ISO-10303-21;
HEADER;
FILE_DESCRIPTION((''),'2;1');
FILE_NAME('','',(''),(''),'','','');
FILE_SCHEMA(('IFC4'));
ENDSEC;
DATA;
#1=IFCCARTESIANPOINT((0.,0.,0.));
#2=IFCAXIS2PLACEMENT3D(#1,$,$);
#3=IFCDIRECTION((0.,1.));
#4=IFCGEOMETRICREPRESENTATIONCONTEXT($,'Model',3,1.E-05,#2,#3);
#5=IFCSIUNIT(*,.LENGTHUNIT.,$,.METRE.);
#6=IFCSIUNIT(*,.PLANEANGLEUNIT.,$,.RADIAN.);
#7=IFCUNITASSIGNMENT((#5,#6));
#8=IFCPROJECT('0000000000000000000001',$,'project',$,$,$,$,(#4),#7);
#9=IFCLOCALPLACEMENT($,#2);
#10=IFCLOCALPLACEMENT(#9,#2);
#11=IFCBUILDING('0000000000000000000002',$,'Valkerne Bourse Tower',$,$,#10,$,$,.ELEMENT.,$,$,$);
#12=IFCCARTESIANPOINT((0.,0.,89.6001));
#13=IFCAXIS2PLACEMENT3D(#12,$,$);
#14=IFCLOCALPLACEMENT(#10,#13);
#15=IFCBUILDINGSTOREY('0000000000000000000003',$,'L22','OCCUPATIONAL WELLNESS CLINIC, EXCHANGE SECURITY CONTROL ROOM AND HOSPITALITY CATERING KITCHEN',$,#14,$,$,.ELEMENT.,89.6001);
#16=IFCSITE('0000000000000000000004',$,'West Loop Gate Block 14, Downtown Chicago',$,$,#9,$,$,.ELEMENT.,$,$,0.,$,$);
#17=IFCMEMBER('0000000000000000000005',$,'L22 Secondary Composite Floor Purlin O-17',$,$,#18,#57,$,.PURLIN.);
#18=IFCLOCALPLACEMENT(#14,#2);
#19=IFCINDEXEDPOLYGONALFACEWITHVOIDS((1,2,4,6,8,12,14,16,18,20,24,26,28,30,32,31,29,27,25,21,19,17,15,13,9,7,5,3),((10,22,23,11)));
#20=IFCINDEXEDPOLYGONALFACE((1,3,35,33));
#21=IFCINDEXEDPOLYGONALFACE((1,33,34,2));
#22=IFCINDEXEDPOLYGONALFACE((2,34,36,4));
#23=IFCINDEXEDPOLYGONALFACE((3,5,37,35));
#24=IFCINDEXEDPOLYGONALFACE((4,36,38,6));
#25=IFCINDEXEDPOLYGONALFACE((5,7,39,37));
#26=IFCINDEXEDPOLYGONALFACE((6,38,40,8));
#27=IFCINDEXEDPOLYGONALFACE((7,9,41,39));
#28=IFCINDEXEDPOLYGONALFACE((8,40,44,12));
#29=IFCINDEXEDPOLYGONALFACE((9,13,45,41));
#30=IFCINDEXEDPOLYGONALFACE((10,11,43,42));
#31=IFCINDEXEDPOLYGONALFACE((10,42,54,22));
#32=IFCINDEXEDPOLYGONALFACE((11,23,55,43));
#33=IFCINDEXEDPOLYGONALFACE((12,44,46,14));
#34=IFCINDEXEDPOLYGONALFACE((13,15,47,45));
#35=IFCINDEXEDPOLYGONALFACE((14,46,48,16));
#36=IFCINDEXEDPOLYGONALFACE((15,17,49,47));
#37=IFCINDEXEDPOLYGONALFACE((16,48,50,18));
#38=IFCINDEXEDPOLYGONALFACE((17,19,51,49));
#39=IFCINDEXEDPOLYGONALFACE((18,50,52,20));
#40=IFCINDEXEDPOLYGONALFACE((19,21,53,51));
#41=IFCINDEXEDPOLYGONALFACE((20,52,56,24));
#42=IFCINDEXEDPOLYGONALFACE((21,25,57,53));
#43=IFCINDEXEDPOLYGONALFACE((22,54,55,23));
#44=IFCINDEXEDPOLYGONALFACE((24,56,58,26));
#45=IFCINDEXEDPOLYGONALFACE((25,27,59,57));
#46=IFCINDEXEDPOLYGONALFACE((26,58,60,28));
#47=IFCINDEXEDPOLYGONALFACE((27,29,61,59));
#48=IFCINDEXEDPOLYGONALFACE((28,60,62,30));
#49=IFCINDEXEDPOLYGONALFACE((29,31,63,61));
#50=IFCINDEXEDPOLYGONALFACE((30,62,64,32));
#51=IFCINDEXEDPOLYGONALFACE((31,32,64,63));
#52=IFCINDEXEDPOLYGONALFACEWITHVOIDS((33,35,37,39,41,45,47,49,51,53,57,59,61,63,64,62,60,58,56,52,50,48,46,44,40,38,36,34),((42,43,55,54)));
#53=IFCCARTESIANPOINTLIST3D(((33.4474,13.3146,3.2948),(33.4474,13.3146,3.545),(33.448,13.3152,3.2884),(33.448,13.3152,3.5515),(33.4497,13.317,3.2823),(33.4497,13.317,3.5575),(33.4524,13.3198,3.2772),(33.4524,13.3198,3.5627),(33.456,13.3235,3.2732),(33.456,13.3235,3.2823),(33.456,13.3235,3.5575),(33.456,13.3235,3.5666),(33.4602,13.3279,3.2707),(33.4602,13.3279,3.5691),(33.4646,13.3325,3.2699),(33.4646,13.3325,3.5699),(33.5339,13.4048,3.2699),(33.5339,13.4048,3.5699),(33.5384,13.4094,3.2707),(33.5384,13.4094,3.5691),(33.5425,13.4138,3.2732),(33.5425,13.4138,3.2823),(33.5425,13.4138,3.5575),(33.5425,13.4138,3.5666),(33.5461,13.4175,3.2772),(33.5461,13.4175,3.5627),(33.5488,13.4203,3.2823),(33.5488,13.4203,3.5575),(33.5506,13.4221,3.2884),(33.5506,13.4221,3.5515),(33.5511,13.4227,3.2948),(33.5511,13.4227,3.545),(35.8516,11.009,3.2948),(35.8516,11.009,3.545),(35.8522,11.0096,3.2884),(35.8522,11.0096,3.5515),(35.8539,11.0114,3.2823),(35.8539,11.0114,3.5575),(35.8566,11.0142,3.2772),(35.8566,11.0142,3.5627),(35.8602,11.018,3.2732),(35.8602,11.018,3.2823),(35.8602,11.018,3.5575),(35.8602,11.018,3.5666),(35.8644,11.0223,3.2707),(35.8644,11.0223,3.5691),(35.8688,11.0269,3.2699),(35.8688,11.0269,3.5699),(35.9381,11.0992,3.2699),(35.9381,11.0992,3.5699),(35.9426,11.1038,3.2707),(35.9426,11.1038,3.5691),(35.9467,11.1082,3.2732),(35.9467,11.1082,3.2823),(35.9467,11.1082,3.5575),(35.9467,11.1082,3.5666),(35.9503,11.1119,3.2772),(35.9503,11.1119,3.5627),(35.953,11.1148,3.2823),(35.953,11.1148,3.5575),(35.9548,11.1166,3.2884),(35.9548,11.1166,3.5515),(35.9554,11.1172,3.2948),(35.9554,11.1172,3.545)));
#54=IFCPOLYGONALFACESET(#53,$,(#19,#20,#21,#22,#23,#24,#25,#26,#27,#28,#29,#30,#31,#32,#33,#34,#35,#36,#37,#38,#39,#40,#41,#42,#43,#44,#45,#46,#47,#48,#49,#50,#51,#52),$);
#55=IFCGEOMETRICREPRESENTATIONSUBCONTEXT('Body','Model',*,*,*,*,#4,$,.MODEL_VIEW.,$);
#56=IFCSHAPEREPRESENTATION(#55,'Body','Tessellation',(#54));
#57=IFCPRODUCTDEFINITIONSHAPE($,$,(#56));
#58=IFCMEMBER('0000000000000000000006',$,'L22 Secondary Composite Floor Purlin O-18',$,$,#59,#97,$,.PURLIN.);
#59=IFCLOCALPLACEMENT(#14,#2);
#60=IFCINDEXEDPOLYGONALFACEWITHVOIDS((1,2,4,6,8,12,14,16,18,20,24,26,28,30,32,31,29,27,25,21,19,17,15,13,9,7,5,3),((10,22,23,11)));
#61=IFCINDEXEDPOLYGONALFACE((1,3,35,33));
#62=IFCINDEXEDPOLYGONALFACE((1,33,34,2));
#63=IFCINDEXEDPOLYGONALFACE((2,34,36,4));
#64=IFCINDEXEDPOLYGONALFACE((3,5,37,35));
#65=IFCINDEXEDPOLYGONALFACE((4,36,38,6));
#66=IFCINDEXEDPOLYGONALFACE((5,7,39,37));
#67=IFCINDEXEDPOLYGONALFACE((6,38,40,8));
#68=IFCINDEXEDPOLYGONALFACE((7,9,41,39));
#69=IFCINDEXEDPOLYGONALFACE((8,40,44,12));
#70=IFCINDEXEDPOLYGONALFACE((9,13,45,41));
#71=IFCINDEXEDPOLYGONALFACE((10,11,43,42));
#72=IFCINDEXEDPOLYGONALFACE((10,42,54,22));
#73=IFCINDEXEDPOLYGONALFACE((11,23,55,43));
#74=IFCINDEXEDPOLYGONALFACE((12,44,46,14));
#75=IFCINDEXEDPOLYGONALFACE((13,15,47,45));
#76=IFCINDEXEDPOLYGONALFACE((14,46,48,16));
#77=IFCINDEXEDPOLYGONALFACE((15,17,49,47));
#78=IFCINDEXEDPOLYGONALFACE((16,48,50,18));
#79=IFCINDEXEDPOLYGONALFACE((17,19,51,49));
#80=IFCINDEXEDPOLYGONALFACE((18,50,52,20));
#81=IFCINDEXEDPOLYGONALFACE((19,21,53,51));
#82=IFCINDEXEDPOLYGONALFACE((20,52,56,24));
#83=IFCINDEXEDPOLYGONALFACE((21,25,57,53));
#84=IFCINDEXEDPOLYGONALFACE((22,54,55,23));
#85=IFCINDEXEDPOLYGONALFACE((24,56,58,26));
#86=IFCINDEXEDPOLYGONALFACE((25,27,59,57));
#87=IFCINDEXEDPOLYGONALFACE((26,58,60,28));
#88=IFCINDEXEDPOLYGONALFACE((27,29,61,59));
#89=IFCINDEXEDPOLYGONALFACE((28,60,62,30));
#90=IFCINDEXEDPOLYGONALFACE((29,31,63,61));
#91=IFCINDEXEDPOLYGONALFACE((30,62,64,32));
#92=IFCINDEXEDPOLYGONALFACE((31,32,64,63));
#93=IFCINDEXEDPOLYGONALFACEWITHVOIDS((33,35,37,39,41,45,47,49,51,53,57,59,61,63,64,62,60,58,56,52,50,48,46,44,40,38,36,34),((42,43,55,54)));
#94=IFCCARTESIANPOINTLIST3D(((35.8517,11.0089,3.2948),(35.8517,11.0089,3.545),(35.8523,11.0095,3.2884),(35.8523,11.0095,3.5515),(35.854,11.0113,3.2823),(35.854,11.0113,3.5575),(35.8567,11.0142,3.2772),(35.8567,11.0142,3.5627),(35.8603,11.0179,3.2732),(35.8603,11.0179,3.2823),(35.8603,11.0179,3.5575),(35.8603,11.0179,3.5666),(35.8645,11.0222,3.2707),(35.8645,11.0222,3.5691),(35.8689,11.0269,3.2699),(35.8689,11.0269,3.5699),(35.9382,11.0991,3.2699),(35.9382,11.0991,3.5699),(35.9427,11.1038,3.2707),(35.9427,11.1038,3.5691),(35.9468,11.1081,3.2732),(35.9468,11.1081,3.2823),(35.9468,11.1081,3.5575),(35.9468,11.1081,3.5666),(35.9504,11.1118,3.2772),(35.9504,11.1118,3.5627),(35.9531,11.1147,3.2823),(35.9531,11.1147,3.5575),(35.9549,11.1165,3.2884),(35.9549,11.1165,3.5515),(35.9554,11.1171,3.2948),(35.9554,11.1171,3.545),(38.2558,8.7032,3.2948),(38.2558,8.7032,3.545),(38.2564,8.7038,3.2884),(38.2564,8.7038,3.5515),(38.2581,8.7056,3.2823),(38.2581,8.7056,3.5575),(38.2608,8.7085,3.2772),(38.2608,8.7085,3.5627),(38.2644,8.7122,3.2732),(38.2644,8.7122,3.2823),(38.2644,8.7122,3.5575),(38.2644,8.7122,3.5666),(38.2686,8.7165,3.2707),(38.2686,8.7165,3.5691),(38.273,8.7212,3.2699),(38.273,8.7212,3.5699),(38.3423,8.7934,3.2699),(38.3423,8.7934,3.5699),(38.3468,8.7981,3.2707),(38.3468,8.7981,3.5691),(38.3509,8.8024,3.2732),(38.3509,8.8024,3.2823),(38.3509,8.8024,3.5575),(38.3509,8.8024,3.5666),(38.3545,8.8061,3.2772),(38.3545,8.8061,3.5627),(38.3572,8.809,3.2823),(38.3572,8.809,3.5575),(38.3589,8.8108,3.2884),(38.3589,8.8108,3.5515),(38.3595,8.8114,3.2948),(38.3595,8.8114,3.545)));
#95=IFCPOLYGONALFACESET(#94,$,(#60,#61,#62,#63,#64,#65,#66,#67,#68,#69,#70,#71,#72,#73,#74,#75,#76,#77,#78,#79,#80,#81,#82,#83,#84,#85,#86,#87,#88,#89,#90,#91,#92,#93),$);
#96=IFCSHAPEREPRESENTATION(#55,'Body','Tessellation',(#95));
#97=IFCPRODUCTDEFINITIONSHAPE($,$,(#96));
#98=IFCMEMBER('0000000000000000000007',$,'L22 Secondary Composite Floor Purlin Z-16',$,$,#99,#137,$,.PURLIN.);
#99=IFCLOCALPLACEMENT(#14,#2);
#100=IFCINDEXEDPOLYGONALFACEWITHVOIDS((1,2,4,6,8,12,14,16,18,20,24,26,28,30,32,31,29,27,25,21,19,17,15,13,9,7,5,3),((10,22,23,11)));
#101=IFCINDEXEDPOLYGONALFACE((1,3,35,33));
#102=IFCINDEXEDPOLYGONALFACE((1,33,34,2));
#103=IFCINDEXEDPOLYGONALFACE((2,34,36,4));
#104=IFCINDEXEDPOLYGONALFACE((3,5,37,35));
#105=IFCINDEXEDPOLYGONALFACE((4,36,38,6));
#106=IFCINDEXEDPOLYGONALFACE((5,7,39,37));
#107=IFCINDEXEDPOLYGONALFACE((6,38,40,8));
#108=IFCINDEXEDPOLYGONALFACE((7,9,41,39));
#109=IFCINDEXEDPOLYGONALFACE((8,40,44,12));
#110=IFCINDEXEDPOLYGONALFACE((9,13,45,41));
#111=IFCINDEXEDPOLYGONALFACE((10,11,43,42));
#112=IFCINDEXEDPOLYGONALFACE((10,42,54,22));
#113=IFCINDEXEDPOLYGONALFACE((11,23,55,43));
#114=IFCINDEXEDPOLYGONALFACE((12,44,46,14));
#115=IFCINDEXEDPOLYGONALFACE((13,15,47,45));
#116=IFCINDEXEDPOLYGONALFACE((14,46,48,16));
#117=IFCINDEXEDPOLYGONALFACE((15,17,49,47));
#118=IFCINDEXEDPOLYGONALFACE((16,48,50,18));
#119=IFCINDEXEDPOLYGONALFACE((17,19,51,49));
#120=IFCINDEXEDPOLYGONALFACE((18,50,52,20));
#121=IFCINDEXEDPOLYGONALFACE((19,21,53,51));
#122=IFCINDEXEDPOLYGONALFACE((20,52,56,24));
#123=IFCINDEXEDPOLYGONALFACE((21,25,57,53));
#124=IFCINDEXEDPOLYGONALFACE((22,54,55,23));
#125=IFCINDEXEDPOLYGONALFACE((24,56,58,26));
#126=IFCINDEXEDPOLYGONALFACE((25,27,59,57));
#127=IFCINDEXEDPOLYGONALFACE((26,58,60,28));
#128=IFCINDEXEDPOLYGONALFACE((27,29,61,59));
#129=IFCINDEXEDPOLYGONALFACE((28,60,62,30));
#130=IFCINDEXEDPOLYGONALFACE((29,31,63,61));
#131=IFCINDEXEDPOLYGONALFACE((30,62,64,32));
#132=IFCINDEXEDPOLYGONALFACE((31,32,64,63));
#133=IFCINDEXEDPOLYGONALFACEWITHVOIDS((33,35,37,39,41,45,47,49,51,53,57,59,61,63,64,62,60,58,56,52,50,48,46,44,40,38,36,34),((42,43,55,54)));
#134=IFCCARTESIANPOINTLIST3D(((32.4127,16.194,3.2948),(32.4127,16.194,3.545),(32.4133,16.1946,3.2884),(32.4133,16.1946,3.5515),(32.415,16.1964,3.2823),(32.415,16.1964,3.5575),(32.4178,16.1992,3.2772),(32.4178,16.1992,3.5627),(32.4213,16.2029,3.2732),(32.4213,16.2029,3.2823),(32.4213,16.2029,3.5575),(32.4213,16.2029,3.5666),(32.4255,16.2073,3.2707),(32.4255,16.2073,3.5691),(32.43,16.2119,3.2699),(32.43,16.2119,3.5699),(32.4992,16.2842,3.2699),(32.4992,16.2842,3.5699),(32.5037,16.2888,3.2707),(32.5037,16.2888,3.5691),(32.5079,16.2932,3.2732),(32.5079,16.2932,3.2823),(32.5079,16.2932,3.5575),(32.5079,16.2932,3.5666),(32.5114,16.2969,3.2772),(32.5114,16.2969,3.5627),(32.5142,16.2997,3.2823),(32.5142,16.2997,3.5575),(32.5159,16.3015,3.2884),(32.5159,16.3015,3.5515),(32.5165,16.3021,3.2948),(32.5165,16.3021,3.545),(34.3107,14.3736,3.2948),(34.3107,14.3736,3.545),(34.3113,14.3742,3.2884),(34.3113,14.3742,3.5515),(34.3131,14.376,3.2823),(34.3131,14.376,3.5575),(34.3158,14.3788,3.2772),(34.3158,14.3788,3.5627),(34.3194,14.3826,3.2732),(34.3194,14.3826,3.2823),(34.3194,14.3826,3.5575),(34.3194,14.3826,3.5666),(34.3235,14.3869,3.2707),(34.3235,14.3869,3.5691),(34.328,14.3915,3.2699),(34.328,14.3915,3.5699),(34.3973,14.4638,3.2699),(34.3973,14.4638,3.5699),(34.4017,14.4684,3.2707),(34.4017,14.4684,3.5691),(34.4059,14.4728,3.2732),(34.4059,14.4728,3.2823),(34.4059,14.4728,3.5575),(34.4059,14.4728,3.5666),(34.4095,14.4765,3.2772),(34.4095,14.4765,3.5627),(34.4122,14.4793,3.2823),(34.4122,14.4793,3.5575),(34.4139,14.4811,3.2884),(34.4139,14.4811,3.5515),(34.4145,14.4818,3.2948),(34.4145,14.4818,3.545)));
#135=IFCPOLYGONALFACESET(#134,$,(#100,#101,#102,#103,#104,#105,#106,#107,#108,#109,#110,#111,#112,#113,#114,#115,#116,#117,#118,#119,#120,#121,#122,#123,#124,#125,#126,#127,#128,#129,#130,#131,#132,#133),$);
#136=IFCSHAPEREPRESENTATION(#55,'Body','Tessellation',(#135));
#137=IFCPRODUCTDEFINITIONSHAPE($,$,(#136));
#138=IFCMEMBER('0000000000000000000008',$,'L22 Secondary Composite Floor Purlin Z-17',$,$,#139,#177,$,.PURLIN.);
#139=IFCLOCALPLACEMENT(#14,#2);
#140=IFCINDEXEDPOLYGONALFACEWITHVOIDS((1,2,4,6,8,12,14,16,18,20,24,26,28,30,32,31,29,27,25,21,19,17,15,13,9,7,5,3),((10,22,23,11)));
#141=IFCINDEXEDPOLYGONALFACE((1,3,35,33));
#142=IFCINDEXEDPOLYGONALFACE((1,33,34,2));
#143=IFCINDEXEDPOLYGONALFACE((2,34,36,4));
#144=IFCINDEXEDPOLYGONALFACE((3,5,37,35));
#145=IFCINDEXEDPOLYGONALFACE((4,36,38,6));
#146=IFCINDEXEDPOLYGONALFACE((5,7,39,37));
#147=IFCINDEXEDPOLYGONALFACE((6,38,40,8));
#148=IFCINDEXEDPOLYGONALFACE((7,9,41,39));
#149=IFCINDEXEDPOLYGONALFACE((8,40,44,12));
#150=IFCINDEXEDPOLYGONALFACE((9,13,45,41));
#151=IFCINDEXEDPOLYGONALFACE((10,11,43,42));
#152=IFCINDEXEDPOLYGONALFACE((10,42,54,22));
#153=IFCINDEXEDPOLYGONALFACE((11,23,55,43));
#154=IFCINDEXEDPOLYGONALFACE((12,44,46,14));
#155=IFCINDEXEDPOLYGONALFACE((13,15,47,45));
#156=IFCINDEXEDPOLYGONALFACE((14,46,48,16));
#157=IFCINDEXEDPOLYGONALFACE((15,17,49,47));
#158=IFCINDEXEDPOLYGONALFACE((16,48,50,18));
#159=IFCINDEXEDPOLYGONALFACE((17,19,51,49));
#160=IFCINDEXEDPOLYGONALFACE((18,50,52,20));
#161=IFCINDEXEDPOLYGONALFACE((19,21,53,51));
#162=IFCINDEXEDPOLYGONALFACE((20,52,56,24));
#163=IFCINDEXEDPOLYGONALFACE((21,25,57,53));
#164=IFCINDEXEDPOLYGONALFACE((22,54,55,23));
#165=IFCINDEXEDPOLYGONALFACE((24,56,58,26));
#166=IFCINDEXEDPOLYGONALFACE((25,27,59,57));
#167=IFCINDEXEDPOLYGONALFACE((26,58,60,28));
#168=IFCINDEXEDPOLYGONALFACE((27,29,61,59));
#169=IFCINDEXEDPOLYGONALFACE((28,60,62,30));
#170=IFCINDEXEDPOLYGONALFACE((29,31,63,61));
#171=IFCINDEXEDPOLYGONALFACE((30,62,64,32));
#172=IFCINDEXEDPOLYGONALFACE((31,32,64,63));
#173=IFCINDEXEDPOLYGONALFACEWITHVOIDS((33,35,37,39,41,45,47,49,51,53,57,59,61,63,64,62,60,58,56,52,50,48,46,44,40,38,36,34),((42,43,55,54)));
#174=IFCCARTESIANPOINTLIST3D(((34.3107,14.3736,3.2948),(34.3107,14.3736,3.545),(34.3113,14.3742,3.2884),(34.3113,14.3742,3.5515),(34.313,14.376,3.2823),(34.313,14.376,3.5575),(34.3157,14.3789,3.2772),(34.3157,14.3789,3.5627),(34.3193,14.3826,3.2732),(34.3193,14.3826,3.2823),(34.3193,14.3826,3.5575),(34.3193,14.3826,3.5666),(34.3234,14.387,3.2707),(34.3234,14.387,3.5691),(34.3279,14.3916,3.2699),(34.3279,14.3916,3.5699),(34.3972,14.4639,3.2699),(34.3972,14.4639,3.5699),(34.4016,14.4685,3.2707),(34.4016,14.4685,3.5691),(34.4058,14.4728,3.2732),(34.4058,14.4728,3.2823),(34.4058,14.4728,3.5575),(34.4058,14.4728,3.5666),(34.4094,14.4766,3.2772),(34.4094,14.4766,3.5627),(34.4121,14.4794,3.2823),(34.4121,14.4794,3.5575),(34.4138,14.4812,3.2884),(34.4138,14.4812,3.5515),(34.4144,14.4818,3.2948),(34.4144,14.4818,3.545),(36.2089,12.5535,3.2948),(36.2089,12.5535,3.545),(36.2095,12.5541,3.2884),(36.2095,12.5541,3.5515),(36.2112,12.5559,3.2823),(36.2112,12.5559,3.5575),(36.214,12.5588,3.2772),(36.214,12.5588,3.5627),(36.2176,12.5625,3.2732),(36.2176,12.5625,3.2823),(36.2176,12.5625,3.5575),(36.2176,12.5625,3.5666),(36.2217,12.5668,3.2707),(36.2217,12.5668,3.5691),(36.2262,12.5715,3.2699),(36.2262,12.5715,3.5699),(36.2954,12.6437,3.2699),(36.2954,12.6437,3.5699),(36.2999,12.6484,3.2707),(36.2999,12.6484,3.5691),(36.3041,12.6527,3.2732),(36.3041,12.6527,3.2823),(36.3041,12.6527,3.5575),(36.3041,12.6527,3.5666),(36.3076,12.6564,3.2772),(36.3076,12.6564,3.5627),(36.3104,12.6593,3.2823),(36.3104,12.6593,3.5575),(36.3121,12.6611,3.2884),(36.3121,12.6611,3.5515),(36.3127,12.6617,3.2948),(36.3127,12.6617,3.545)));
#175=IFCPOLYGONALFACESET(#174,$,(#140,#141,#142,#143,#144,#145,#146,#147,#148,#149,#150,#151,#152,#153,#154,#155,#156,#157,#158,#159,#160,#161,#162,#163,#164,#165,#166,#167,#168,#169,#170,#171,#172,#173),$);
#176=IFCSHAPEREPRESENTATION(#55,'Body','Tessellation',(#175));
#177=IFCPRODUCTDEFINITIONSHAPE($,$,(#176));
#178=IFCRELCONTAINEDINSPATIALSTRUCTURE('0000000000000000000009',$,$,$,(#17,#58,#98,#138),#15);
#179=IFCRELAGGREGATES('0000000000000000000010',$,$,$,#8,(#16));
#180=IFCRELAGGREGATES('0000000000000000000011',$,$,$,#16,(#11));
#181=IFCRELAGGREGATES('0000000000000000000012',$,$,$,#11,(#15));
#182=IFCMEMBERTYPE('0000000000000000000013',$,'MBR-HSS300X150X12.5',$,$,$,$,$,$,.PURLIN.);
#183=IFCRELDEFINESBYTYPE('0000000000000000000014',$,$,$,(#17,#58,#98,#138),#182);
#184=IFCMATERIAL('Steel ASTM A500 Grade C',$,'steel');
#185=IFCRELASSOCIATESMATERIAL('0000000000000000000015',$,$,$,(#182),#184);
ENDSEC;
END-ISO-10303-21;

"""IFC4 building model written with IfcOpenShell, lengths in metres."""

from ifc_helpers import new_model, si_unit, direction, frame, origin, origin_2d, place, context, subcontext, project, spatial, hollow_rectangle, extrude, material, material_profile, profile_set, type_object, element, save


model = new_model("IFC4")

# Units and contexts
model_context = context("Model", 3, precision=1e-05, world=origin(), true_north=direction((0.0, 1.0)))
body_context = subcontext(model_context, "Body", "Model", "MODEL_VIEW")
ifc_project = project(units=[si_unit("LENGTHUNIT", "METRE"), si_unit("PLANEANGLEUNIT", "RADIAN")], contexts=[model_context])

# Site, building, storey
site_placement = place(None, origin())
site = spatial("IfcSite", under=ifc_project, at=site_placement, Name="West Loop Gate Block 14, Downtown Chicago", CompositionType="ELEMENT", RefElevation=0.0)
building_placement = place(site_placement, origin())
building = spatial("IfcBuilding", under=site, at=building_placement, Name="Valkerne Bourse Tower", CompositionType="ELEMENT")
storey_placement = place(building_placement, frame((0.0, 0.0, 89.6001)))
storey = spatial("IfcBuildingStorey", under=building, at=storey_placement, Name="L22", Description="OCCUPATIONAL WELLNESS CLINIC, EXCHANGE SECURITY CONTROL ROOM AND HOSPITALITY CATERING KITCHEN", CompositionType="ELEMENT", Elevation=89.6001)

# Members
ifc_material_1 = material(Name="Steel ASTM A500 Grade C", Category="steel")
ifc_material_profile_1 = material_profile(ifc_material_1, hollow_rectangle(XDim=0.1499, YDim=0.3, WallThickness=0.0125, OuterFilletRadius=0.0249, at=origin_2d()), Name="HSS300X150X12.5")
ifc_profile_set_1 = profile_set([ifc_material_profile_1], Name="Steel ASTM A500 Grade C")
member_type_1 = type_object("IfcMemberType", Name="MBR-HSS300X150X12.5", PredefinedType="PURLIN", material=ifc_profile_set_1)
for number, where, z_axis, x_axis, name in (
    (1, (33.4993, 13.3687, 3.4199), (0.721756, -0.692147, 0.0), (0.692147, 0.721756, 0.0), "L22 Secondary Composite Floor Purlin O-17"),
    (2, (35.9036, 11.063, 3.4199), (0.721721, -0.692184, 0.0), (0.692184, 0.721721, 0.0), "L22 Secondary Composite Floor Purlin O-18"),
):
    element("IfcMember", number, at=place(storey_placement, frame(where, z_axis=z_axis, x_axis=x_axis)), inside=storey, type_object=member_type_1, Name=name, PredefinedType="PURLIN", context=body_context, shape_type="SweptSolid", body=[
        extrude(hollow_rectangle(XDim=0.1499, YDim=0.3, WallThickness=0.0125, OuterFilletRadius=0.0249, at=origin_2d()), origin(), (0.0, 0.0, 1.0), 3.3311),
    ])
for number, where, z_axis, x_axis, name in (
    (3, (32.4646, 16.248, 3.4199), (0.721714, -0.692192, 0.0), (0.692192, 0.721714, 0.0), "L22 Secondary Composite Floor Purlin Z-16"),
    (4, (34.3625, 14.4277, 3.4199), (0.721805, -0.692097, 0.0), (0.692097, 0.721805, 0.0), "L22 Secondary Composite Floor Purlin Z-17"),
):
    element("IfcMember", number, at=place(storey_placement, frame(where, z_axis=z_axis, x_axis=x_axis)), inside=storey, type_object=member_type_1, Name=name, PredefinedType="PURLIN", context=body_context, shape_type="SweptSolid", body=[
        extrude(hollow_rectangle(XDim=0.1499, YDim=0.3, WallThickness=0.0125, OuterFilletRadius=0.0249, at=origin_2d()), origin(), (0.0, 0.0, 1.0), 2.6299),
    ])

save(model, "model.ifc")
